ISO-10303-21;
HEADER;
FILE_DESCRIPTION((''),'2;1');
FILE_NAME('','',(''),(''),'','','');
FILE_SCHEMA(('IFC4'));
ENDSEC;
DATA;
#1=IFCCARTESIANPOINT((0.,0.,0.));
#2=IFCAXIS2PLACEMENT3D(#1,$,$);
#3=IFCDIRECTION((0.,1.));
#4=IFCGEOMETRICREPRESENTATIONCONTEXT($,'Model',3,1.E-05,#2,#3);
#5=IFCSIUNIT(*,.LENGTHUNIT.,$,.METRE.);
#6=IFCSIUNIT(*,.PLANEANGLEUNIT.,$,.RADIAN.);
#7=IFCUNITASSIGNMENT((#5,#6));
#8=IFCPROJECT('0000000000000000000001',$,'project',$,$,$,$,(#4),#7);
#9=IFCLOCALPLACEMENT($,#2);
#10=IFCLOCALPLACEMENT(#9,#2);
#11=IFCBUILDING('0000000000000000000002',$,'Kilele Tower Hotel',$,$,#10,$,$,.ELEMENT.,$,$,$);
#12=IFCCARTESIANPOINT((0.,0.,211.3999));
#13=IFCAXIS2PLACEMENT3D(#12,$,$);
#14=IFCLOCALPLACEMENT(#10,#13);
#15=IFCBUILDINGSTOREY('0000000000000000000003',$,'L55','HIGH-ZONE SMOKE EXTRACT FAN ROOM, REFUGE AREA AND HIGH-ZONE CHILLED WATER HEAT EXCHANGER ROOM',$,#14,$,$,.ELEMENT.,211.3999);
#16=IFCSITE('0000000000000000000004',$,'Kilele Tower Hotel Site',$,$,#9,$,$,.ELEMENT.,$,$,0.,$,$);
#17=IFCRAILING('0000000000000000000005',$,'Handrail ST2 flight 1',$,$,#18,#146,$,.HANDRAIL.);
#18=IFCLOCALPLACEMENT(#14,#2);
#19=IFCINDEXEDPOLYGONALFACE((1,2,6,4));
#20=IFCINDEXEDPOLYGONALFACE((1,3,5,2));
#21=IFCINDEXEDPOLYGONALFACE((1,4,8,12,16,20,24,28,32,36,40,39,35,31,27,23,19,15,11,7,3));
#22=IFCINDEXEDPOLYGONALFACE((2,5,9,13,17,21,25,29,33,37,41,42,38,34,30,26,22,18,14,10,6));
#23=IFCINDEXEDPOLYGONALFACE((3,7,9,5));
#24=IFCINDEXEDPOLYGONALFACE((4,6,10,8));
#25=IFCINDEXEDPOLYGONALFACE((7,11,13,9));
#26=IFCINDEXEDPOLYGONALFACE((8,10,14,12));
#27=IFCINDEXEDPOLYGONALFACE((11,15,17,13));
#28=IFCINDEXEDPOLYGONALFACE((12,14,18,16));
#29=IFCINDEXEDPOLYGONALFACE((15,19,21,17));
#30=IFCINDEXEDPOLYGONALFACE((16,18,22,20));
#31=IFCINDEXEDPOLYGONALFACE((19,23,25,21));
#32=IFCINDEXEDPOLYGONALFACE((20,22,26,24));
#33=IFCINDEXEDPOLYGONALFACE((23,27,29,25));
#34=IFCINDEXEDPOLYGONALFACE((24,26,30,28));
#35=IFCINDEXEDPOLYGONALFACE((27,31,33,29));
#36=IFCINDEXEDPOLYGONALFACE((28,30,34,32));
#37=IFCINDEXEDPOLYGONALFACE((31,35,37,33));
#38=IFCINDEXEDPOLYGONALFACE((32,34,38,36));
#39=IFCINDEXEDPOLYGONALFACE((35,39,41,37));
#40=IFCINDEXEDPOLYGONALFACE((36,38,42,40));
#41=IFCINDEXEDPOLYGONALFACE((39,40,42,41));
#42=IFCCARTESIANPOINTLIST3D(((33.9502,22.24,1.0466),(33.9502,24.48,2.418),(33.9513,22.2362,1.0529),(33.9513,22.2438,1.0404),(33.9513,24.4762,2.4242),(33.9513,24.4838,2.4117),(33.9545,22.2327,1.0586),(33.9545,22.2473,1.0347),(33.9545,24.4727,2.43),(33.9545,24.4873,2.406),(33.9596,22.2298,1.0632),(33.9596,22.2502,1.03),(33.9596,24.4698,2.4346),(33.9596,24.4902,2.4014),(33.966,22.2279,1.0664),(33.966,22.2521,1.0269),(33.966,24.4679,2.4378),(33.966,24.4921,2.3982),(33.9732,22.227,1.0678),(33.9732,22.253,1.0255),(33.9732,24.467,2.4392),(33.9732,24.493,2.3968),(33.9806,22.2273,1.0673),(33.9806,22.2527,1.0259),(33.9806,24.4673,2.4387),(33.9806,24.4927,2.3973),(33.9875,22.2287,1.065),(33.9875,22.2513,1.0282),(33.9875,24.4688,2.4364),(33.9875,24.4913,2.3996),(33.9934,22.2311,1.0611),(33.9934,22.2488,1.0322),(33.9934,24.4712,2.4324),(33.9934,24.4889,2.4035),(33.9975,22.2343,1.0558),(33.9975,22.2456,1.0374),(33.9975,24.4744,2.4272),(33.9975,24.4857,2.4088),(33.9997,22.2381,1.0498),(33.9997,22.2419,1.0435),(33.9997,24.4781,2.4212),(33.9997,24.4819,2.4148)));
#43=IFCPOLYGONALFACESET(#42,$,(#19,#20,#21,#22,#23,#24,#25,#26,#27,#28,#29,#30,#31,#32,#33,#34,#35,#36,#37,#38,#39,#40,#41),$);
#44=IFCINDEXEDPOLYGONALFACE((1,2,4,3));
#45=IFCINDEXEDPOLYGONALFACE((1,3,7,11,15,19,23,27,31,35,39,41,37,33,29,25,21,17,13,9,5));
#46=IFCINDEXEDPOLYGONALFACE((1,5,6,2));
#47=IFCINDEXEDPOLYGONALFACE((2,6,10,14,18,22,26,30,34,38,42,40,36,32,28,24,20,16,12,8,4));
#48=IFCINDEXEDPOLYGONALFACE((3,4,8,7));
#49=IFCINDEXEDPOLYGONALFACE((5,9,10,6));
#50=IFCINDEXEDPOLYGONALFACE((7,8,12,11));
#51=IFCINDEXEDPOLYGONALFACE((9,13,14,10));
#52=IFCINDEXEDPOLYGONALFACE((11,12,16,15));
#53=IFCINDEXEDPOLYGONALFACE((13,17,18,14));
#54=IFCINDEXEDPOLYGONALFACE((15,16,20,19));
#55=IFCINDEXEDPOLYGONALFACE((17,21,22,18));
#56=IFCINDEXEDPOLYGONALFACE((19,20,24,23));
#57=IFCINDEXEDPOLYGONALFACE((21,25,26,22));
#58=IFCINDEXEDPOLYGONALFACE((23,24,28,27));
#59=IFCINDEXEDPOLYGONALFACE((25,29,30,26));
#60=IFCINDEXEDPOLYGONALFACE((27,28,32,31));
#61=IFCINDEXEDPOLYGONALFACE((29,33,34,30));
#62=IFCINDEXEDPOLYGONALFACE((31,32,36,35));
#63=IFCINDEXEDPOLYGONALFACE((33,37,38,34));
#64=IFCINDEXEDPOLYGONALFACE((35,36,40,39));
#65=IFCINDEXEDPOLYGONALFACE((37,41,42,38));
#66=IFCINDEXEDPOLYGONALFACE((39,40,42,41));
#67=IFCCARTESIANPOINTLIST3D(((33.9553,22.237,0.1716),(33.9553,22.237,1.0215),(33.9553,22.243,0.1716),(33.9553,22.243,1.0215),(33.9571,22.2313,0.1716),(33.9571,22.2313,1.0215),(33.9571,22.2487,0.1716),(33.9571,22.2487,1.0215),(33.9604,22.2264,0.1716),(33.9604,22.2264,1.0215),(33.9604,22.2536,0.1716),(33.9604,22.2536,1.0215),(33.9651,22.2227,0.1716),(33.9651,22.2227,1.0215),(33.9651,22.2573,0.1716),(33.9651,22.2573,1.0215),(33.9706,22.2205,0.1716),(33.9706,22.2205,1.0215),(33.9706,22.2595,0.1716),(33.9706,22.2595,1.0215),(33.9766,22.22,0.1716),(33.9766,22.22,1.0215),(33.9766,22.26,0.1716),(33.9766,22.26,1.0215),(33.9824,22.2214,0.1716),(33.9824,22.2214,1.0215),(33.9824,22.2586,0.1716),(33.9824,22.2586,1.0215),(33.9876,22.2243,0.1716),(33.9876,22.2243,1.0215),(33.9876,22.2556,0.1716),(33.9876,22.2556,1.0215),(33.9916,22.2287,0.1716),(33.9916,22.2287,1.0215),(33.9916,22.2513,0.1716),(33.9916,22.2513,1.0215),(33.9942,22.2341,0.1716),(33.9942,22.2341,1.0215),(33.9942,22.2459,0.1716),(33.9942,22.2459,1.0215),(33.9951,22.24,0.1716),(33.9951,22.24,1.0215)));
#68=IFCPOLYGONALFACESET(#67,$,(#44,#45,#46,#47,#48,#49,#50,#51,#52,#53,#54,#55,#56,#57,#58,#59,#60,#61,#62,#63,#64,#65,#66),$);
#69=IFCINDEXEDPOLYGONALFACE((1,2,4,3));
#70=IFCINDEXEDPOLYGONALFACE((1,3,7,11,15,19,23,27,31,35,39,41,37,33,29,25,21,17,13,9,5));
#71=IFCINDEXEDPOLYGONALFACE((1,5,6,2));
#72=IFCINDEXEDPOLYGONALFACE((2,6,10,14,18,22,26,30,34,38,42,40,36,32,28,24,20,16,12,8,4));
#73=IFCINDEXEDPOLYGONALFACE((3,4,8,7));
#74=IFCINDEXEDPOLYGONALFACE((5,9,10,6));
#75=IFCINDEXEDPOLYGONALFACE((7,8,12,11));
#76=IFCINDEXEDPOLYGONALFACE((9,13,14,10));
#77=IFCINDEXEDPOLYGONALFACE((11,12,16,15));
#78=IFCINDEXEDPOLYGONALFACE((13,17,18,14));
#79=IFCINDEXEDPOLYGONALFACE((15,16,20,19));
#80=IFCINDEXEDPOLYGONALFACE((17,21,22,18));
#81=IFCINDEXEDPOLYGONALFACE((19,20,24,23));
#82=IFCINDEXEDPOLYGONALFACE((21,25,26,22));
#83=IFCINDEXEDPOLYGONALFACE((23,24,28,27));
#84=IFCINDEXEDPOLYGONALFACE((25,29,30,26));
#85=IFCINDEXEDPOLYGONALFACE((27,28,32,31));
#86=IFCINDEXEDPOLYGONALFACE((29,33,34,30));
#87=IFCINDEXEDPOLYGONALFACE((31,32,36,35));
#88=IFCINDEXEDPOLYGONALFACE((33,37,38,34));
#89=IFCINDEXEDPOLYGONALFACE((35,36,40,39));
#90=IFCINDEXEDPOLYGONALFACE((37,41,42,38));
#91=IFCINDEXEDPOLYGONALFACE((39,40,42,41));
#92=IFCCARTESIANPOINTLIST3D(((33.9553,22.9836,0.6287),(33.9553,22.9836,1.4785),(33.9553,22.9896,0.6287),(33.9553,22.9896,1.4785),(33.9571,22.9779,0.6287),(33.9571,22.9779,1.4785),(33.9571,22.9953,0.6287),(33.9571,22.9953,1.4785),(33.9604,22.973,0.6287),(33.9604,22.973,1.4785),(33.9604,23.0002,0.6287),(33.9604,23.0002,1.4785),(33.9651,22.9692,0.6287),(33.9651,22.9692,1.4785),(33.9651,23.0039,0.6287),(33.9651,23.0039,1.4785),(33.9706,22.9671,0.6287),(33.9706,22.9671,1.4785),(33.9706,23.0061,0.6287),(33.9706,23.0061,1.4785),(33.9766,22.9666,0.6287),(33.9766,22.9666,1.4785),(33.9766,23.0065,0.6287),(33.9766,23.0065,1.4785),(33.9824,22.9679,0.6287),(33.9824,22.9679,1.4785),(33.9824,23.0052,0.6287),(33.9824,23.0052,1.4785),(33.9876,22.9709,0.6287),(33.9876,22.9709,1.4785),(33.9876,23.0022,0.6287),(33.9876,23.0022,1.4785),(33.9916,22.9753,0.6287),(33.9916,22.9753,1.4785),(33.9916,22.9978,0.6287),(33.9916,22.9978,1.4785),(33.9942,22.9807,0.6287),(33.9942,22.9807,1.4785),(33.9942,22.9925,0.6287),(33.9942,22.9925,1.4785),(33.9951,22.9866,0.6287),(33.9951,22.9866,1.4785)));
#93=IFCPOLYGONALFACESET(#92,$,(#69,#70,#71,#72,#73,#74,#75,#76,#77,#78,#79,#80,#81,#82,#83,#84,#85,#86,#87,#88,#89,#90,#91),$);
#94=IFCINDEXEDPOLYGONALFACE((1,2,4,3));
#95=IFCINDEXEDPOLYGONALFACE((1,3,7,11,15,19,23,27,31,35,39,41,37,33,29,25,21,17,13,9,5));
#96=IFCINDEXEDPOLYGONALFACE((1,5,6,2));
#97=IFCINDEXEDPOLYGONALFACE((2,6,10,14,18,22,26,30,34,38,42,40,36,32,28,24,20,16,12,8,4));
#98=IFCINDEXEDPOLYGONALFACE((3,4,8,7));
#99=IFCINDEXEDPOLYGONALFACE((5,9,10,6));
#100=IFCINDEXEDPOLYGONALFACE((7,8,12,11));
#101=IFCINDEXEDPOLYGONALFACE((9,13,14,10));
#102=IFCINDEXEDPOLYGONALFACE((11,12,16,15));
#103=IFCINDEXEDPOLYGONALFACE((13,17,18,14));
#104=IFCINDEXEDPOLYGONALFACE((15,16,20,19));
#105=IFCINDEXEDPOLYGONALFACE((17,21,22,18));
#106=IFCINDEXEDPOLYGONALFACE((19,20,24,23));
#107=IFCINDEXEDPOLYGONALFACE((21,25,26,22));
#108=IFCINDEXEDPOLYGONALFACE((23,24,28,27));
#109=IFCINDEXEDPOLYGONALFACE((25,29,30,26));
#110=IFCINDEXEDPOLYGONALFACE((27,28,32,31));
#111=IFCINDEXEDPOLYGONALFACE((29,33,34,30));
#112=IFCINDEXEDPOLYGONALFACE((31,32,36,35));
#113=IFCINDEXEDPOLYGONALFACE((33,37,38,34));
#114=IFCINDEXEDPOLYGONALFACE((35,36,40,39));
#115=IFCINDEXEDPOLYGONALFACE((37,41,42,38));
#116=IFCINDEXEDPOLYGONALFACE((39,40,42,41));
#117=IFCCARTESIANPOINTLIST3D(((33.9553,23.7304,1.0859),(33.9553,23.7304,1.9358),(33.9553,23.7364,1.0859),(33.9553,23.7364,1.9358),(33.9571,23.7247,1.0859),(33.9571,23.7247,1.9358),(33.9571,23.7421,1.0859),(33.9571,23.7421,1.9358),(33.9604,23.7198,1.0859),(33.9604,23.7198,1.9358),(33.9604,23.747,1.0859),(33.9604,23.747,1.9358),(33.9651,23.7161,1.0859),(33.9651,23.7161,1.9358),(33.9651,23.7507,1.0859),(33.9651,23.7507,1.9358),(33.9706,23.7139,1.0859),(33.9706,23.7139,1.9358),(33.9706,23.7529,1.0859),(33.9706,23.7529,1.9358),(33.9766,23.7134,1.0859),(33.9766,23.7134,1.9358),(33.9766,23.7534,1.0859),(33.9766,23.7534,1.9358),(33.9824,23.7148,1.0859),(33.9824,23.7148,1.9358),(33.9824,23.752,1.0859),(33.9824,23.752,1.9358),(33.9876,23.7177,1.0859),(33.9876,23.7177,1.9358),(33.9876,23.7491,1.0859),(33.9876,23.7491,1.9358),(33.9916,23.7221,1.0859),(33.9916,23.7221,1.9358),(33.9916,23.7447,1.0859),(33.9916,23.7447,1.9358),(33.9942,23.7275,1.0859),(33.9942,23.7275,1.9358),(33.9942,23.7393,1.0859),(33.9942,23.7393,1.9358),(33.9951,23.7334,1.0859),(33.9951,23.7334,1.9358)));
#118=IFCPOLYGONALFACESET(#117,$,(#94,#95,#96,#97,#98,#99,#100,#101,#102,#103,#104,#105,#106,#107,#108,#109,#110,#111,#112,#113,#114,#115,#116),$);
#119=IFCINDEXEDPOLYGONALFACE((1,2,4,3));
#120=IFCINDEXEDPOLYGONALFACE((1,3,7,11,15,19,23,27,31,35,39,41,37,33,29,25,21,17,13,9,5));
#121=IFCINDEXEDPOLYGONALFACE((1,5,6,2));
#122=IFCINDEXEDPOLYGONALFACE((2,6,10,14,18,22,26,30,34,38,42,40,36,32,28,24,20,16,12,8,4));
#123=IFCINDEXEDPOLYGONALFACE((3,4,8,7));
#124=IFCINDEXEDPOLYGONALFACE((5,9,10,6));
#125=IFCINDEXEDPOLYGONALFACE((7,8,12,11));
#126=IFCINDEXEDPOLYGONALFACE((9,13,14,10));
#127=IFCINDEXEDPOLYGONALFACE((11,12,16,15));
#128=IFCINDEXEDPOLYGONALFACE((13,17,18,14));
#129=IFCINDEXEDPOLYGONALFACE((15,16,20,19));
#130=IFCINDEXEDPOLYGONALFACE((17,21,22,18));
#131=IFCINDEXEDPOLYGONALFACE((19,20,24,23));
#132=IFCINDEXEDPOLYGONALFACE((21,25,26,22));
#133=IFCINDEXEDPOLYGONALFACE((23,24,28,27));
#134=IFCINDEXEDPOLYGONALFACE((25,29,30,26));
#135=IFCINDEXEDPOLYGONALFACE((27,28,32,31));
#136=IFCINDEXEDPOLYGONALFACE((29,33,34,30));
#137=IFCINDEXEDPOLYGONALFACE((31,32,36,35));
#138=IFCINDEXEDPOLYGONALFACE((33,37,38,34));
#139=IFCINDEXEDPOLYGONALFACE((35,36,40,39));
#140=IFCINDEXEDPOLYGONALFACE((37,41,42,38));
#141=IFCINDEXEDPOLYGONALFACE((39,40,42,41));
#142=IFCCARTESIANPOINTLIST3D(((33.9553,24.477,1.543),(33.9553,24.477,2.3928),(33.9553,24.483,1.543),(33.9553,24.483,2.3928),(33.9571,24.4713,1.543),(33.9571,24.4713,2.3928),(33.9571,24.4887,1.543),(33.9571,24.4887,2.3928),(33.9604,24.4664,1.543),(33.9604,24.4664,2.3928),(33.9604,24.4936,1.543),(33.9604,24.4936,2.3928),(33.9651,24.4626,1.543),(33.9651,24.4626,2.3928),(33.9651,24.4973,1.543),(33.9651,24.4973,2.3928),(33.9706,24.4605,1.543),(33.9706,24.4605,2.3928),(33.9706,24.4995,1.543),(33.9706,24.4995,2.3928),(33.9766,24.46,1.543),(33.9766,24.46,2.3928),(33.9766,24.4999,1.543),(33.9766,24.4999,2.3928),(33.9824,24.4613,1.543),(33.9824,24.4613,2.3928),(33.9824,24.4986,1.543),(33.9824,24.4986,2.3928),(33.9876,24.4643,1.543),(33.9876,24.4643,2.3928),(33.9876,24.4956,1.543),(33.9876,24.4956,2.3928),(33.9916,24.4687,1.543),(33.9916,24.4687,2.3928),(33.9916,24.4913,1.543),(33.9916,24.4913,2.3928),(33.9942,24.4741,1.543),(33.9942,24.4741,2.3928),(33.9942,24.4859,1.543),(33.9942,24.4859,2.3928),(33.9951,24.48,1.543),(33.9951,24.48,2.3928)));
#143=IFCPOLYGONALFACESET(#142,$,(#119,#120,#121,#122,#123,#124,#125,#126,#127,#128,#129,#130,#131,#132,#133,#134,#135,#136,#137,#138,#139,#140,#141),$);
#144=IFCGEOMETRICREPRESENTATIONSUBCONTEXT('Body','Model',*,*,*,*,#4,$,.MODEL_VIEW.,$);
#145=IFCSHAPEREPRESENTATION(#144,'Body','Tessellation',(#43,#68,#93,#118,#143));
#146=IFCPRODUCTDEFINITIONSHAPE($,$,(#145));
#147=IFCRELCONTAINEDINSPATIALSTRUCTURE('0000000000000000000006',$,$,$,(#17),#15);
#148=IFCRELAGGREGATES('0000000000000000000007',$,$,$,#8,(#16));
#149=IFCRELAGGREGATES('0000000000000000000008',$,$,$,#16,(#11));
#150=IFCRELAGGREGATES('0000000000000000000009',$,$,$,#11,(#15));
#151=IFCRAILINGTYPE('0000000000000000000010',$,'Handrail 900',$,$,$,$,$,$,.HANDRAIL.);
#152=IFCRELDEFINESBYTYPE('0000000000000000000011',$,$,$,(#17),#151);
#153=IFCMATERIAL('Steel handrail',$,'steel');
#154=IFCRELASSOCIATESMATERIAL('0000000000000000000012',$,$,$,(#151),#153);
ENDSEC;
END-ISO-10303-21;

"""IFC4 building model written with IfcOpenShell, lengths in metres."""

from ifc_helpers import new_model, si_unit, direction, frame, origin, origin_2d, place, context, subcontext, project, spatial, circle, extrude, material, type_object, element, save


model = new_model("IFC4")

# Units and contexts
model_context = context("Model", 3, precision=1e-05, world=origin(), true_north=direction((0.0, 1.0)))
body_context = subcontext(model_context, "Body", "Model", "MODEL_VIEW")
ifc_project = project(units=[si_unit("LENGTHUNIT", "METRE"), si_unit("PLANEANGLEUNIT", "RADIAN")], contexts=[model_context])

# Site, building, storey
site_placement = place(None, origin())
site = spatial("IfcSite", under=ifc_project, at=site_placement, Name="Kilele Tower Hotel Site", CompositionType="ELEMENT", RefElevation=0.0)
building_placement = place(site_placement, origin())
building = spatial("IfcBuilding", under=site, at=building_placement, Name="Kilele Tower Hotel", CompositionType="ELEMENT")
storey_placement = place(building_placement, frame((0.0, 0.0, 211.3999)))
storey = spatial("IfcBuildingStorey", under=building, at=storey_placement, Name="L55", Description="HIGH-ZONE SMOKE EXTRACT FAN ROOM, REFUGE AREA AND HIGH-ZONE CHILLED WATER HEAT EXCHANGER ROOM", CompositionType="ELEMENT", Elevation=211.3999)

# Railing
ifc_material_1 = material(Name="Steel handrail", Category="steel")
railing_type_1 = type_object("IfcRailingType", Name="Handrail 900", PredefinedType="HANDRAIL", material=ifc_material_1)
for number, where, name in (
    (1, (33.9751, 22.24, 0.1716), "Handrail ST2 flight 1"),
):
    element("IfcRailing", number, at=place(storey_placement, frame(where)), inside=storey, type_object=railing_type_1, Name=name, PredefinedType="HANDRAIL", context=body_context, shape_type="SweptSolid", body=[
        extrude(circle(Radius=0.0249, at=origin_2d()), frame((0.0, 0.0, 0.875), z_axis=(0.0, 0.852866, 0.52213), x_axis=(-1.0, 0.0, 0.0)), (0.0, 0.0, 1.0), 2.6265),
        extrude(circle(Radius=0.02, at=origin_2d()), origin(), (0.0, 0.0, 1.0), 0.8499),
        extrude(circle(Radius=0.02, at=origin_2d()), frame((0.0, 0.7466, 0.457)), (0.0, 0.0, 1.0), 0.8499),
        extrude(circle(Radius=0.02, at=origin_2d()), frame((0.0, 1.4934, 0.9143)), (0.0, 0.0, 1.0), 0.8499),
        extrude(circle(Radius=0.02, at=origin_2d()), frame((0.0, 2.24, 1.3713)), (0.0, 0.0, 1.0), 0.8499),
    ])

save(model, "model.ifc")
